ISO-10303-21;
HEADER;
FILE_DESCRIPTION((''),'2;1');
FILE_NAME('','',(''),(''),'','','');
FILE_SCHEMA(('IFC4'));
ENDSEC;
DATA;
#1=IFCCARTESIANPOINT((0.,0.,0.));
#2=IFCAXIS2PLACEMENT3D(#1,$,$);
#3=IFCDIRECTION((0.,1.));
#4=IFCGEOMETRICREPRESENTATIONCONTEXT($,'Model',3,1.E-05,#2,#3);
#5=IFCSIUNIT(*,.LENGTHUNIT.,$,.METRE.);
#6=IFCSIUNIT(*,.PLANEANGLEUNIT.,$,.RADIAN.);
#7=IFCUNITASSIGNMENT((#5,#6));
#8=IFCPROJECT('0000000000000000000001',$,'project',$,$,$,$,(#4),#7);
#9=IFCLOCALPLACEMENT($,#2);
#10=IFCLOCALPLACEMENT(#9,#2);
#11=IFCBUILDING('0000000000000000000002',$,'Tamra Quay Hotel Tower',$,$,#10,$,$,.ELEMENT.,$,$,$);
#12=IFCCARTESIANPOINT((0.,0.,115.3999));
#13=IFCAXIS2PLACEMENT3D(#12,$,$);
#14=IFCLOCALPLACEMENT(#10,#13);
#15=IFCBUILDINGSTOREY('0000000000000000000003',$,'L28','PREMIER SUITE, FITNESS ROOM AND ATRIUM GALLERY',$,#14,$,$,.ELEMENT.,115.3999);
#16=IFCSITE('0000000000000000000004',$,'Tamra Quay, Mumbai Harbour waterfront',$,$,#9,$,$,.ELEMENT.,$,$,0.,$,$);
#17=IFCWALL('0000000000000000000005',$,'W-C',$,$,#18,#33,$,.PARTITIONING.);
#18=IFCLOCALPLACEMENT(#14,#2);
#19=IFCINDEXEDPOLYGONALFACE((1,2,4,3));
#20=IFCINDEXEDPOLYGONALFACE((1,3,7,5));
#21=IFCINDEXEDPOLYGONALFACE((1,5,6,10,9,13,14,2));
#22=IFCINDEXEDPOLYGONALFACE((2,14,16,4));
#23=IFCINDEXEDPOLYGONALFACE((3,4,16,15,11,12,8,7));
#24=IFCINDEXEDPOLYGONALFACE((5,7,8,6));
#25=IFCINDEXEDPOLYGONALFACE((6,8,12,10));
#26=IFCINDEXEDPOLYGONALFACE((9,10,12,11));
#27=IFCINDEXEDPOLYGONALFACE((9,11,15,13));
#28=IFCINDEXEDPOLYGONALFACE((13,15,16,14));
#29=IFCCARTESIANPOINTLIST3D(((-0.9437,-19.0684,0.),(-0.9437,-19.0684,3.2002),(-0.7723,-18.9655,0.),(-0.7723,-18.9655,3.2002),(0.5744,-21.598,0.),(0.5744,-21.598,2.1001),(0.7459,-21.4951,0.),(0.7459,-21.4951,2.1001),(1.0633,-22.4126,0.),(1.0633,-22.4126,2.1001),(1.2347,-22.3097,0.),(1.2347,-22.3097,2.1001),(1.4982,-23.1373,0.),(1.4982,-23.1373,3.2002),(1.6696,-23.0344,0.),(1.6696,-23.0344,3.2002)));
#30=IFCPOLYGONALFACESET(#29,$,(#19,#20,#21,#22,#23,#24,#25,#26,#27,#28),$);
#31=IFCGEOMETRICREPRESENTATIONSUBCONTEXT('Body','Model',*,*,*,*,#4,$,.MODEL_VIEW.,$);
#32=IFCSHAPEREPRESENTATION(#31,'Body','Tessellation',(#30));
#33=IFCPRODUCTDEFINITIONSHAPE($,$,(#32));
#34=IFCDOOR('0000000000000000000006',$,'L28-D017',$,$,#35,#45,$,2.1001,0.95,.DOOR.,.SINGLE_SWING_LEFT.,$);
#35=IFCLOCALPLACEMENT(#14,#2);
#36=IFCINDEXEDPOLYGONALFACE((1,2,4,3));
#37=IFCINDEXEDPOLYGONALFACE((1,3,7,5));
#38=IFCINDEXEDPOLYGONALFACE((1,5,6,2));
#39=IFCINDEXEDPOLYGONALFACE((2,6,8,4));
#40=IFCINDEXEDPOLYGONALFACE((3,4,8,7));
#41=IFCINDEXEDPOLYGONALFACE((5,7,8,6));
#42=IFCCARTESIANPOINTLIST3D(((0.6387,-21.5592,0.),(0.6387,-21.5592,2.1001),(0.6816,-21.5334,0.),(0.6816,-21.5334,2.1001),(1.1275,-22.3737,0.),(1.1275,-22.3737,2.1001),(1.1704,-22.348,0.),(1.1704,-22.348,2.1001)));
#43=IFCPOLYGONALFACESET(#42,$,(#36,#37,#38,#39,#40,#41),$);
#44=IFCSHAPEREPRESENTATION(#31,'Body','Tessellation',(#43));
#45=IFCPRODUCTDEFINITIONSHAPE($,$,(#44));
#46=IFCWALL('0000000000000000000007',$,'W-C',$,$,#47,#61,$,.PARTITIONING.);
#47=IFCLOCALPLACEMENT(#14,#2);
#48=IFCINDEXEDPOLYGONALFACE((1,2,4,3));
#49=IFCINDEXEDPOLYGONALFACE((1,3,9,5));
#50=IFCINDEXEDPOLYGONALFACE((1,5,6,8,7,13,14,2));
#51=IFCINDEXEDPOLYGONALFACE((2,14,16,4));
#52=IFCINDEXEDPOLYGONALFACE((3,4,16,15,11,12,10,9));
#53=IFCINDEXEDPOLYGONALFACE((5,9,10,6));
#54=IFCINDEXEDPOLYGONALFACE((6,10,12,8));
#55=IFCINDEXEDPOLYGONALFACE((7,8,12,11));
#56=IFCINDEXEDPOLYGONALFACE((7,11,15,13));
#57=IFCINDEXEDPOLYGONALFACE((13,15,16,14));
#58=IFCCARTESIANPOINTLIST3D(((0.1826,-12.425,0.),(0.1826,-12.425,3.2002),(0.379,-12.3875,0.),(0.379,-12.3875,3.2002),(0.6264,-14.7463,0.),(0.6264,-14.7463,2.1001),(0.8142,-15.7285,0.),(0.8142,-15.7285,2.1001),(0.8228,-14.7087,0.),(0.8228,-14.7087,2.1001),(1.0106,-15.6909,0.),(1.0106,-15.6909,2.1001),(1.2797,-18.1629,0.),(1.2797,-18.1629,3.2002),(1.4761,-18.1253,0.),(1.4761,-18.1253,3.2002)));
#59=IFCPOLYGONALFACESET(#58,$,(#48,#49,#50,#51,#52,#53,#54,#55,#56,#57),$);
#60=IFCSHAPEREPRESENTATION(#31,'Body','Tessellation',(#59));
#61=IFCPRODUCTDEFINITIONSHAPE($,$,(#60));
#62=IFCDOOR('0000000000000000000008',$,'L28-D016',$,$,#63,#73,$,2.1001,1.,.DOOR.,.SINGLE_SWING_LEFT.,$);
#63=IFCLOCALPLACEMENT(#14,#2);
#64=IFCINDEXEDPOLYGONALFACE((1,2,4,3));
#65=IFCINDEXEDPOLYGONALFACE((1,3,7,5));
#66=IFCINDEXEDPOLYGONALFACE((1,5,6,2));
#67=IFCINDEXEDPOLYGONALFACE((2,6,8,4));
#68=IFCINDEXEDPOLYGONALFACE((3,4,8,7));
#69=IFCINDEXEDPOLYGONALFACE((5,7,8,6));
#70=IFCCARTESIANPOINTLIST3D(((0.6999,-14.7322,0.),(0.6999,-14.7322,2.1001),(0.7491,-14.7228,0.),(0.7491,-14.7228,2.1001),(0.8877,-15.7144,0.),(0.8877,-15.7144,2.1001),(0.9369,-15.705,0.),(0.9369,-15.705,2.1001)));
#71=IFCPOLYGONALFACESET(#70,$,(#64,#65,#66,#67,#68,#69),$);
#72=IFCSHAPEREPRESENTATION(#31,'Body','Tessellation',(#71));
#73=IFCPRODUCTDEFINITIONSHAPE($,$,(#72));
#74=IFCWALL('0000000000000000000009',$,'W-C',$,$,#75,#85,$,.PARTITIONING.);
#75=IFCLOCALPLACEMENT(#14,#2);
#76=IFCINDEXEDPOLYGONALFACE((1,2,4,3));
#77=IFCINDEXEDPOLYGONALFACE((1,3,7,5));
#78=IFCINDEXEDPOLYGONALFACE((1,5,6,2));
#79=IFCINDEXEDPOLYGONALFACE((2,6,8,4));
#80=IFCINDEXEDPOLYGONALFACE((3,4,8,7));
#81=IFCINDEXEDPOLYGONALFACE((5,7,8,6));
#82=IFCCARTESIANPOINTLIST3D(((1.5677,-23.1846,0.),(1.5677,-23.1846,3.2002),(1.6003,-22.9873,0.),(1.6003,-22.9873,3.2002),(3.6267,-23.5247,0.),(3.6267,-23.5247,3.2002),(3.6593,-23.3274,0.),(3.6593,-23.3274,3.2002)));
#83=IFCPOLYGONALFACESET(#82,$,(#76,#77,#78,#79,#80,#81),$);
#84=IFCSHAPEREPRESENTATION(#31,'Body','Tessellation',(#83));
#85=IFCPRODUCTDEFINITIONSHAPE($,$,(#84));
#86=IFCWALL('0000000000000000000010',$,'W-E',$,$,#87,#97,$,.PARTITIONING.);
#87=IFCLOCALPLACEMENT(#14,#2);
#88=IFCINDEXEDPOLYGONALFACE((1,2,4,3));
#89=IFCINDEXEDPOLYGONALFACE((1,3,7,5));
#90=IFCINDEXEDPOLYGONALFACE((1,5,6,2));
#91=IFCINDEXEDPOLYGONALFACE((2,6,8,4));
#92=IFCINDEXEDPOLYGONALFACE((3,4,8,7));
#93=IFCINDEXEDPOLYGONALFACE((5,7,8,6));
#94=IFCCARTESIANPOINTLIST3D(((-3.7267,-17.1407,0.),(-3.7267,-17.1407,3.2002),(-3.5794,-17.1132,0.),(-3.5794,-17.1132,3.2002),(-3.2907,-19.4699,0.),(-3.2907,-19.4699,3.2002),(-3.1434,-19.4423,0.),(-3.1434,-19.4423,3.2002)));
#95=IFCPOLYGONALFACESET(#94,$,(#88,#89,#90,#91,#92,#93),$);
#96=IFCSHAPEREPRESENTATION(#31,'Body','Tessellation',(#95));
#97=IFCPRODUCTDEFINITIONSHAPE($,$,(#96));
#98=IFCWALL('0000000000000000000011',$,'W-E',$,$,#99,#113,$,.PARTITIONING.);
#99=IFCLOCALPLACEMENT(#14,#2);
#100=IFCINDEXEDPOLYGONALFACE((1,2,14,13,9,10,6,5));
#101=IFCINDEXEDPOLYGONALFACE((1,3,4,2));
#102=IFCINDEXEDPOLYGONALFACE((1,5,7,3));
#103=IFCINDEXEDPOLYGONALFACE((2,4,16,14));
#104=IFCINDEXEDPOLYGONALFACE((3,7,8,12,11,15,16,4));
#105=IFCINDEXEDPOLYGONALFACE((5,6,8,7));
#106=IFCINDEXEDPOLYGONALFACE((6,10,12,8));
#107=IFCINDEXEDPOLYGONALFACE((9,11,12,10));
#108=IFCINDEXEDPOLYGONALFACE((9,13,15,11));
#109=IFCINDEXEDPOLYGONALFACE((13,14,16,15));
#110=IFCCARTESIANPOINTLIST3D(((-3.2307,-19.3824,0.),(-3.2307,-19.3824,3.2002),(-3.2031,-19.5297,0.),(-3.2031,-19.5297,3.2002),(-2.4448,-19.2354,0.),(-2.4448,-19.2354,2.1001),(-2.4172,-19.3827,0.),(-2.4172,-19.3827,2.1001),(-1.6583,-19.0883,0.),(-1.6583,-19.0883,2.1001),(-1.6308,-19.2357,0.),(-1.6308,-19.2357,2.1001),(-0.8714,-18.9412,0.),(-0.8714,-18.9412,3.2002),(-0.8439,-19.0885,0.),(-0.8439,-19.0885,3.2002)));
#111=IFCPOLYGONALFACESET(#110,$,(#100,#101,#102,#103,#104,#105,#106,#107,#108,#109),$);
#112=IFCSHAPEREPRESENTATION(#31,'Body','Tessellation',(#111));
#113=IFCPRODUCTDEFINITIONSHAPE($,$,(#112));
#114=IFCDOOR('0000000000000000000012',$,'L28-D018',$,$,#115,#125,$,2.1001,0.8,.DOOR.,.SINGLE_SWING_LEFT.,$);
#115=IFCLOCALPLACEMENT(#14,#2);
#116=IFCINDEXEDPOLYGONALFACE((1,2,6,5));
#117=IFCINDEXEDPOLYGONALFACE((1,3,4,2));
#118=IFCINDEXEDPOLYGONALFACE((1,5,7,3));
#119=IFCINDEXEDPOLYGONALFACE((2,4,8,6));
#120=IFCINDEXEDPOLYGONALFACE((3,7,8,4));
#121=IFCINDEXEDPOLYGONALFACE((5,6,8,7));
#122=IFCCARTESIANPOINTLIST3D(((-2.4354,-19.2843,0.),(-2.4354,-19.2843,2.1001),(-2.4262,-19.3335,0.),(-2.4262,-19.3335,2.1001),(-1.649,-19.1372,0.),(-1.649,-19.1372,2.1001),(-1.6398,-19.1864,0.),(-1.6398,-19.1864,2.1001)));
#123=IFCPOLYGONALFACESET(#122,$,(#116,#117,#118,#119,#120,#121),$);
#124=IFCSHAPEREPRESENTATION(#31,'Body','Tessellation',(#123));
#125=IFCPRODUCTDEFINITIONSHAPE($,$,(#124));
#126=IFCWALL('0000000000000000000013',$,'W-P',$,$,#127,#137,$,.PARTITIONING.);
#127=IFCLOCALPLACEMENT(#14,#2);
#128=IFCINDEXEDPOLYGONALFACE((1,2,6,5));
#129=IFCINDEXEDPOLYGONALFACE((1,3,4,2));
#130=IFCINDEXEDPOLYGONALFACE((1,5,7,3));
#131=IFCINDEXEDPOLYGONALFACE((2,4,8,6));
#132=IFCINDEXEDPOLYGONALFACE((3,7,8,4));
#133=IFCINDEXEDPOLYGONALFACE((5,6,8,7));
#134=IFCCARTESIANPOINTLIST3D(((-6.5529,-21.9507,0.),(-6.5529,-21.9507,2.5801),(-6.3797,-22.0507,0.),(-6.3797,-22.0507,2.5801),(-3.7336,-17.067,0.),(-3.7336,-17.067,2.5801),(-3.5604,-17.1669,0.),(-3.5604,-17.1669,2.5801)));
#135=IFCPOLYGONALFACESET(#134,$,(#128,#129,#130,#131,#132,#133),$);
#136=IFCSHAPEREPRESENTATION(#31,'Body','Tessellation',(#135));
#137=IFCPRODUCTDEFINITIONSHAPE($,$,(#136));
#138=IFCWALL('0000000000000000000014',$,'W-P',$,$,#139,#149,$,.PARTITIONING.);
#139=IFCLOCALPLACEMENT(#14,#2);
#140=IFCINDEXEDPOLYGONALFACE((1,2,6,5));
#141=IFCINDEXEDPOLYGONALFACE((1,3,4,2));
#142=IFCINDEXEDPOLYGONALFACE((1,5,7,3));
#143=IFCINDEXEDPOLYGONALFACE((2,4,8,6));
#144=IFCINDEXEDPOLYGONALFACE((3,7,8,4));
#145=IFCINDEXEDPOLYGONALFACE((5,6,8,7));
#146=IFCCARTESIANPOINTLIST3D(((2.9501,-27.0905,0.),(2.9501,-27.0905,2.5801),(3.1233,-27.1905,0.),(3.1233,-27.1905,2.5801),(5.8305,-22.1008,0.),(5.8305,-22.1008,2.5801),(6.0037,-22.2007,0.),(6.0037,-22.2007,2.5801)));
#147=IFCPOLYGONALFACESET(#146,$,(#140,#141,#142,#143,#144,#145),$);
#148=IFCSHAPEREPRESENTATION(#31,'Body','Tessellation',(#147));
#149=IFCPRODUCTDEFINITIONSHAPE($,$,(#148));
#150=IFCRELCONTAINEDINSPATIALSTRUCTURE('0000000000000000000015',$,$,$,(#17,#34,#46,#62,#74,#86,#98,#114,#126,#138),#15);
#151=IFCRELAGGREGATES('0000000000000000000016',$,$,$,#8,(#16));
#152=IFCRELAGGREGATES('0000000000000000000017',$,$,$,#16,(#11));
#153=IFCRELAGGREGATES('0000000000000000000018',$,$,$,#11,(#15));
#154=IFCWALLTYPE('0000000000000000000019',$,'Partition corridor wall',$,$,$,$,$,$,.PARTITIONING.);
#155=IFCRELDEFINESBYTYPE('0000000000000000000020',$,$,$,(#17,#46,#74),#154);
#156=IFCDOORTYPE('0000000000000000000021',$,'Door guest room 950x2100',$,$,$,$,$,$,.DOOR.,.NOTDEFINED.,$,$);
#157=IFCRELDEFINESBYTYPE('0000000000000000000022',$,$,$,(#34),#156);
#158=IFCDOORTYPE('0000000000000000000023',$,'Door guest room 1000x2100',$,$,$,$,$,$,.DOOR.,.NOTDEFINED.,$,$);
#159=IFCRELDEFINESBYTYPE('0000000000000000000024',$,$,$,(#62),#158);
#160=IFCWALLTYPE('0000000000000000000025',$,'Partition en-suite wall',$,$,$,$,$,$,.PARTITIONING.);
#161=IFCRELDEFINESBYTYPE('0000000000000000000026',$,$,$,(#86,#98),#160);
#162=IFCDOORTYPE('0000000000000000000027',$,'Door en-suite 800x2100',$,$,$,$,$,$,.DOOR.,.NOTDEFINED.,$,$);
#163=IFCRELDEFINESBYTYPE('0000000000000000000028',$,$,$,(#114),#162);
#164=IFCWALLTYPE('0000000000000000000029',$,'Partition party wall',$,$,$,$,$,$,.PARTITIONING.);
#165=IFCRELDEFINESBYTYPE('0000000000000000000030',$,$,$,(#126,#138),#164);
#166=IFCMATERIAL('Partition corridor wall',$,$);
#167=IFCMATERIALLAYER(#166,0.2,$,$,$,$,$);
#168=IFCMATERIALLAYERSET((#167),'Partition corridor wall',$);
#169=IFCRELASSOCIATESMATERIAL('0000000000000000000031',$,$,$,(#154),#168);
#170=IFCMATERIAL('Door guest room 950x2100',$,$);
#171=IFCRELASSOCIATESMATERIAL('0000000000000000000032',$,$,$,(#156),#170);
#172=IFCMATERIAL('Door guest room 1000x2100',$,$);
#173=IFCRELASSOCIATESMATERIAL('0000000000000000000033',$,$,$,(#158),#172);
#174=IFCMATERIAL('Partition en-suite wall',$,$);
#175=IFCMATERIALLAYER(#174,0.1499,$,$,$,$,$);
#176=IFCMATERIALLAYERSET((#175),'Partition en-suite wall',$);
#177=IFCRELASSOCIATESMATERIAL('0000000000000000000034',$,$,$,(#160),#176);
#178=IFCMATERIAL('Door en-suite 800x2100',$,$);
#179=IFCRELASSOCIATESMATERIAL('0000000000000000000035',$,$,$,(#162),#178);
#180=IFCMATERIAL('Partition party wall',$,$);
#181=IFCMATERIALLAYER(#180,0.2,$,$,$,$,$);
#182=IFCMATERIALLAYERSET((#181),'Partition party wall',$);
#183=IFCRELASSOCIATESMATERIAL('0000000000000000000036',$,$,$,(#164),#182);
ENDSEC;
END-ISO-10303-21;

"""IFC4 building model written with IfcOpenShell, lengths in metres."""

from ifc_helpers import new_model, si_unit, direction, frame, frame_2d, origin, place, context, subcontext, project, spatial, rectangle, extrude, material, layer, layer_set, type_object, element, fill, save


model = new_model("IFC4")

# Units and contexts
model_context = context("Model", 3, precision=1e-05, world=origin(), true_north=direction((0.0, 1.0)))
body_context = subcontext(model_context, "Body", "Model", "MODEL_VIEW")
ifc_project = project(units=[si_unit("LENGTHUNIT", "METRE"), si_unit("PLANEANGLEUNIT", "RADIAN")], contexts=[model_context])

# Site, building, storey
site_placement = place(None, origin())
site = spatial("IfcSite", under=ifc_project, at=site_placement, Name="Tamra Quay, Mumbai Harbour waterfront", CompositionType="ELEMENT", RefElevation=0.0)
building_placement = place(site_placement, origin())
building = spatial("IfcBuilding", under=site, at=building_placement, Name="Tamra Quay Hotel Tower", CompositionType="ELEMENT")
storey_placement = place(building_placement, frame((0.0, 0.0, 115.3999)))
storey = spatial("IfcBuildingStorey", under=building, at=storey_placement, Name="L28", Description="PREMIER SUITE, FITNESS ROOM AND ATRIUM GALLERY", CompositionType="ELEMENT", Elevation=115.3999)

# Shared definitions
ifc_material_1 = material(Name="Partition corridor wall")
ifc_layer_1 = layer(ifc_material_1, 0.2)
ifc_layer_set_1 = layer_set([ifc_layer_1], Name="Partition corridor wall")
wall_type_1 = type_object("IfcWallType", Name="Partition corridor wall", PredefinedType="PARTITIONING", material=ifc_layer_set_1)

# Walls, openings, doors
wall_1_placement = place(storey_placement, frame((-0.8579, -19.0171, 0.0), z_axis=(0.0, 0.0, 1.0), x_axis=(0.514587, -0.857438, 0.0)))
wall_1 = element("IfcWall", 1, at=wall_1_placement, inside=storey, type_object=wall_type_1, Name="W-C", PredefinedType="PARTITIONING", context=body_context, shape_type="SweptSolid", body=[
    extrude(rectangle(XDim=4.7454, YDim=0.2, at=frame_2d((2.3726, 0.0))), origin(), (0.0, 0.0, 1.0), 3.2002),
])
opening_1_placement = place(wall_1_placement, frame((2.95, 0.0, 0.0)))
opening_1 = element("IfcOpeningElement", 2, at=opening_1_placement, cuts=wall_1, PredefinedType="OPENING", context=body_context, shape_type="SweptSolid", body=[
    extrude(rectangle(XDim=0.95, YDim=2.1001, at=frame_2d((0.4751, 1.05))), frame((0.0, 0.1099, 0.0), z_axis=(0.0, -1.0, 0.0), x_axis=(1.0, 0.0, 0.0)), (0.0, 0.0, 1.0), 0.22),
])
ifc_material_2 = material(Name="Door guest room 950x2100")
door_type_1 = type_object("IfcDoorType", Name="Door guest room 950x2100", OperationType="NOTDEFINED", PredefinedType="DOOR", material=ifc_material_2)
door_1_placement = place(opening_1_placement, frame((0.95, 0.0, 0.0), z_axis=(0.0, 0.0, 1.0), x_axis=(-1.0, 0.0, 0.0)))
door_1 = element("IfcDoor", 3, at=door_1_placement, inside=storey, type_object=door_type_1, Name="L28-D017", OperationType="SINGLE_SWING_LEFT", OverallHeight=2.1001, OverallWidth=0.95, PredefinedType="DOOR", context=body_context, shape_type="SweptSolid", body=[
    extrude(rectangle(XDim=0.95, YDim=2.1001, at=frame_2d((0.4751, 1.05))), frame((0.0, 0.0249, 0.0), z_axis=(0.0, -1.0, 0.0), x_axis=(1.0, 0.0, 0.0)), (0.0, 0.0, 1.0), 0.05),
])
fill(opening_1, door_1)
wall_2_placement = place(storey_placement, frame((0.2808, -12.4062, 0.0), z_axis=(0.0, 0.0, 1.0), x_axis=(0.187815, -0.982204, 0.0)))
wall_2 = element("IfcWall", 4, at=wall_2_placement, inside=storey, type_object=wall_type_1, Name="W-C", PredefinedType="PARTITIONING", context=body_context, shape_type="SweptSolid", body=[
    extrude(rectangle(XDim=5.8418, YDim=0.2, at=frame_2d((2.9209, 0.0))), origin(), (0.0, 0.0, 1.0), 3.2002),
])
opening_2_placement = place(wall_2_placement, frame((2.3633, 0.0, 0.0)))
opening_2 = element("IfcOpeningElement", 5, at=opening_2_placement, cuts=wall_2, PredefinedType="OPENING", context=body_context, shape_type="SweptSolid", body=[
    extrude(rectangle(XDim=1.0, YDim=2.1001, at=frame_2d((0.5, 1.05))), frame((0.0, 0.1099, 0.0), z_axis=(0.0, -1.0, 0.0), x_axis=(1.0, 0.0, 0.0)), (0.0, 0.0, 1.0), 0.22),
])
ifc_material_3 = material(Name="Door guest room 1000x2100")
door_type_2 = type_object("IfcDoorType", Name="Door guest room 1000x2100", OperationType="NOTDEFINED", PredefinedType="DOOR", material=ifc_material_3)
door_2_placement = place(opening_2_placement, origin())
door_2 = element("IfcDoor", 6, at=door_2_placement, inside=storey, type_object=door_type_2, Name="L28-D016", OperationType="SINGLE_SWING_LEFT", OverallHeight=2.1001, OverallWidth=1.0, PredefinedType="DOOR", context=body_context, shape_type="SweptSolid", body=[
    extrude(rectangle(XDim=1.0, YDim=2.1001, at=frame_2d((0.5, 1.05))), frame((0.0, 0.0249, 0.0), z_axis=(0.0, -1.0, 0.0), x_axis=(1.0, 0.0, 0.0)), (0.0, 0.0, 1.0), 0.05),
])
fill(opening_2, door_2)

# Walls
wall_3_placement = place(storey_placement, frame((1.584, -23.0859, 0.0), z_axis=(0.0, 0.0, 1.0), x_axis=(0.986633, -0.162957, 0.0)))
element("IfcWall", 7, at=wall_3_placement, inside=storey, type_object=wall_type_1, Name="W-C", PredefinedType="PARTITIONING", context=body_context, shape_type="SweptSolid", body=[
    extrude(rectangle(XDim=2.0869, YDim=0.2, at=frame_2d((1.0435, 0.0))), origin(), (0.0, 0.0, 1.0), 3.2002),
])
ifc_material_4 = material(Name="Partition en-suite wall")
ifc_layer_2 = layer(ifc_material_4, 0.1499)
ifc_layer_set_2 = layer_set([ifc_layer_2], Name="Partition en-suite wall")
wall_type_2 = type_object("IfcWallType", Name="Partition en-suite wall", PredefinedType="PARTITIONING", material=ifc_layer_set_2)
wall_4_placement = place(storey_placement, frame((-3.6531, -17.127, 0.0), z_axis=(0.0, 0.0, 1.0), x_axis=(0.184015, -0.982923, 0.0)))
element("IfcWall", 8, at=wall_4_placement, inside=storey, type_object=wall_type_2, Name="W-E", PredefinedType="PARTITIONING", context=body_context, shape_type="SweptSolid", body=[
    extrude(rectangle(XDim=2.3696, YDim=0.1499, at=frame_2d((1.1848, 0.0))), origin(), (0.0, 0.0, 1.0), 3.2002),
])

# Wall, opening, door
wall_5_placement = place(storey_placement, frame((-3.217, -19.4561, 0.0), z_axis=(0.0, 0.0, 1.0), x_axis=(0.982961, 0.183816, 0.0)))
wall_5 = element("IfcWall", 9, at=wall_5_placement, inside=storey, type_object=wall_type_2, Name="W-E", PredefinedType="PARTITIONING", context=body_context, shape_type="SweptSolid", body=[
    extrude(rectangle(XDim=2.4001, YDim=0.1499, at=frame_2d((1.2002, 0.0))), origin(), (0.0, 0.0, 1.0), 3.2002),
])
opening_3_placement = place(wall_5_placement, frame((0.7998, 0.0, 0.0)))
opening_3 = element("IfcOpeningElement", 10, at=opening_3_placement, cuts=wall_5, PredefinedType="OPENING", context=body_context, shape_type="SweptSolid", body=[
    extrude(rectangle(XDim=0.8, YDim=2.1001, at=frame_2d((0.3999, 1.05))), frame((0.0, 0.085, 0.0), z_axis=(0.0, -1.0, 0.0), x_axis=(1.0, 0.0, 0.0)), (0.0, 0.0, 1.0), 0.1699),
])
ifc_material_5 = material(Name="Door en-suite 800x2100")
door_type_3 = type_object("IfcDoorType", Name="Door en-suite 800x2100", OperationType="NOTDEFINED", PredefinedType="DOOR", material=ifc_material_5)
door_3_placement = place(opening_3_placement, frame((0.8, 0.0, 0.0), z_axis=(0.0, 0.0, 1.0), x_axis=(-1.0, 0.0, 0.0)))
door_3 = element("IfcDoor", 11, at=door_3_placement, inside=storey, type_object=door_type_3, Name="L28-D018", OperationType="SINGLE_SWING_LEFT", OverallHeight=2.1001, OverallWidth=0.8, PredefinedType="DOOR", context=body_context, shape_type="SweptSolid", body=[
    extrude(rectangle(XDim=0.8, YDim=2.1001, at=frame_2d((0.3999, 1.05))), frame((0.0, 0.0249, 0.0), z_axis=(0.0, -1.0, 0.0), x_axis=(1.0, 0.0, 0.0)), (0.0, 0.0, 1.0), 0.05),
])
fill(opening_3, door_3)

# Walls
ifc_material_6 = material(Name="Partition party wall")
ifc_layer_3 = layer(ifc_material_6, 0.2)
ifc_layer_set_3 = layer_set([ifc_layer_3], Name="Partition party wall")
wall_type_3 = type_object("IfcWallType", Name="Partition party wall", PredefinedType="PARTITIONING", material=ifc_layer_set_3)
wall_6_placement = place(storey_placement, frame((-6.4663, -22.0007, 0.0), z_axis=(0.0, 0.0, 1.0), x_axis=(0.499957, 0.86605, 0.0)))
element("IfcWall", 12, at=wall_6_placement, inside=storey, type_object=wall_type_3, Name="W-P", PredefinedType="PARTITIONING", context=body_context, shape_type="SweptSolid", body=[
    extrude(rectangle(XDim=5.6392, YDim=0.2, at=frame_2d((2.8196, 0.0))), origin(), (0.0, 0.0, 1.0), 2.5801),
])
wall_7_placement = place(storey_placement, frame((3.0366, -27.1406, 0.0), z_axis=(0.0, 0.0, 1.0), x_axis=(0.49994, 0.86606, 0.0)))
element("IfcWall", 13, at=wall_7_placement, inside=storey, type_object=wall_type_3, Name="W-P", PredefinedType="PARTITIONING", context=body_context, shape_type="SweptSolid", body=[
    extrude(rectangle(XDim=5.7615, YDim=0.2, at=frame_2d((2.8809, 0.0))), origin(), (0.0, 0.0, 1.0), 2.5801),
])

save(model, "model.ifc")
